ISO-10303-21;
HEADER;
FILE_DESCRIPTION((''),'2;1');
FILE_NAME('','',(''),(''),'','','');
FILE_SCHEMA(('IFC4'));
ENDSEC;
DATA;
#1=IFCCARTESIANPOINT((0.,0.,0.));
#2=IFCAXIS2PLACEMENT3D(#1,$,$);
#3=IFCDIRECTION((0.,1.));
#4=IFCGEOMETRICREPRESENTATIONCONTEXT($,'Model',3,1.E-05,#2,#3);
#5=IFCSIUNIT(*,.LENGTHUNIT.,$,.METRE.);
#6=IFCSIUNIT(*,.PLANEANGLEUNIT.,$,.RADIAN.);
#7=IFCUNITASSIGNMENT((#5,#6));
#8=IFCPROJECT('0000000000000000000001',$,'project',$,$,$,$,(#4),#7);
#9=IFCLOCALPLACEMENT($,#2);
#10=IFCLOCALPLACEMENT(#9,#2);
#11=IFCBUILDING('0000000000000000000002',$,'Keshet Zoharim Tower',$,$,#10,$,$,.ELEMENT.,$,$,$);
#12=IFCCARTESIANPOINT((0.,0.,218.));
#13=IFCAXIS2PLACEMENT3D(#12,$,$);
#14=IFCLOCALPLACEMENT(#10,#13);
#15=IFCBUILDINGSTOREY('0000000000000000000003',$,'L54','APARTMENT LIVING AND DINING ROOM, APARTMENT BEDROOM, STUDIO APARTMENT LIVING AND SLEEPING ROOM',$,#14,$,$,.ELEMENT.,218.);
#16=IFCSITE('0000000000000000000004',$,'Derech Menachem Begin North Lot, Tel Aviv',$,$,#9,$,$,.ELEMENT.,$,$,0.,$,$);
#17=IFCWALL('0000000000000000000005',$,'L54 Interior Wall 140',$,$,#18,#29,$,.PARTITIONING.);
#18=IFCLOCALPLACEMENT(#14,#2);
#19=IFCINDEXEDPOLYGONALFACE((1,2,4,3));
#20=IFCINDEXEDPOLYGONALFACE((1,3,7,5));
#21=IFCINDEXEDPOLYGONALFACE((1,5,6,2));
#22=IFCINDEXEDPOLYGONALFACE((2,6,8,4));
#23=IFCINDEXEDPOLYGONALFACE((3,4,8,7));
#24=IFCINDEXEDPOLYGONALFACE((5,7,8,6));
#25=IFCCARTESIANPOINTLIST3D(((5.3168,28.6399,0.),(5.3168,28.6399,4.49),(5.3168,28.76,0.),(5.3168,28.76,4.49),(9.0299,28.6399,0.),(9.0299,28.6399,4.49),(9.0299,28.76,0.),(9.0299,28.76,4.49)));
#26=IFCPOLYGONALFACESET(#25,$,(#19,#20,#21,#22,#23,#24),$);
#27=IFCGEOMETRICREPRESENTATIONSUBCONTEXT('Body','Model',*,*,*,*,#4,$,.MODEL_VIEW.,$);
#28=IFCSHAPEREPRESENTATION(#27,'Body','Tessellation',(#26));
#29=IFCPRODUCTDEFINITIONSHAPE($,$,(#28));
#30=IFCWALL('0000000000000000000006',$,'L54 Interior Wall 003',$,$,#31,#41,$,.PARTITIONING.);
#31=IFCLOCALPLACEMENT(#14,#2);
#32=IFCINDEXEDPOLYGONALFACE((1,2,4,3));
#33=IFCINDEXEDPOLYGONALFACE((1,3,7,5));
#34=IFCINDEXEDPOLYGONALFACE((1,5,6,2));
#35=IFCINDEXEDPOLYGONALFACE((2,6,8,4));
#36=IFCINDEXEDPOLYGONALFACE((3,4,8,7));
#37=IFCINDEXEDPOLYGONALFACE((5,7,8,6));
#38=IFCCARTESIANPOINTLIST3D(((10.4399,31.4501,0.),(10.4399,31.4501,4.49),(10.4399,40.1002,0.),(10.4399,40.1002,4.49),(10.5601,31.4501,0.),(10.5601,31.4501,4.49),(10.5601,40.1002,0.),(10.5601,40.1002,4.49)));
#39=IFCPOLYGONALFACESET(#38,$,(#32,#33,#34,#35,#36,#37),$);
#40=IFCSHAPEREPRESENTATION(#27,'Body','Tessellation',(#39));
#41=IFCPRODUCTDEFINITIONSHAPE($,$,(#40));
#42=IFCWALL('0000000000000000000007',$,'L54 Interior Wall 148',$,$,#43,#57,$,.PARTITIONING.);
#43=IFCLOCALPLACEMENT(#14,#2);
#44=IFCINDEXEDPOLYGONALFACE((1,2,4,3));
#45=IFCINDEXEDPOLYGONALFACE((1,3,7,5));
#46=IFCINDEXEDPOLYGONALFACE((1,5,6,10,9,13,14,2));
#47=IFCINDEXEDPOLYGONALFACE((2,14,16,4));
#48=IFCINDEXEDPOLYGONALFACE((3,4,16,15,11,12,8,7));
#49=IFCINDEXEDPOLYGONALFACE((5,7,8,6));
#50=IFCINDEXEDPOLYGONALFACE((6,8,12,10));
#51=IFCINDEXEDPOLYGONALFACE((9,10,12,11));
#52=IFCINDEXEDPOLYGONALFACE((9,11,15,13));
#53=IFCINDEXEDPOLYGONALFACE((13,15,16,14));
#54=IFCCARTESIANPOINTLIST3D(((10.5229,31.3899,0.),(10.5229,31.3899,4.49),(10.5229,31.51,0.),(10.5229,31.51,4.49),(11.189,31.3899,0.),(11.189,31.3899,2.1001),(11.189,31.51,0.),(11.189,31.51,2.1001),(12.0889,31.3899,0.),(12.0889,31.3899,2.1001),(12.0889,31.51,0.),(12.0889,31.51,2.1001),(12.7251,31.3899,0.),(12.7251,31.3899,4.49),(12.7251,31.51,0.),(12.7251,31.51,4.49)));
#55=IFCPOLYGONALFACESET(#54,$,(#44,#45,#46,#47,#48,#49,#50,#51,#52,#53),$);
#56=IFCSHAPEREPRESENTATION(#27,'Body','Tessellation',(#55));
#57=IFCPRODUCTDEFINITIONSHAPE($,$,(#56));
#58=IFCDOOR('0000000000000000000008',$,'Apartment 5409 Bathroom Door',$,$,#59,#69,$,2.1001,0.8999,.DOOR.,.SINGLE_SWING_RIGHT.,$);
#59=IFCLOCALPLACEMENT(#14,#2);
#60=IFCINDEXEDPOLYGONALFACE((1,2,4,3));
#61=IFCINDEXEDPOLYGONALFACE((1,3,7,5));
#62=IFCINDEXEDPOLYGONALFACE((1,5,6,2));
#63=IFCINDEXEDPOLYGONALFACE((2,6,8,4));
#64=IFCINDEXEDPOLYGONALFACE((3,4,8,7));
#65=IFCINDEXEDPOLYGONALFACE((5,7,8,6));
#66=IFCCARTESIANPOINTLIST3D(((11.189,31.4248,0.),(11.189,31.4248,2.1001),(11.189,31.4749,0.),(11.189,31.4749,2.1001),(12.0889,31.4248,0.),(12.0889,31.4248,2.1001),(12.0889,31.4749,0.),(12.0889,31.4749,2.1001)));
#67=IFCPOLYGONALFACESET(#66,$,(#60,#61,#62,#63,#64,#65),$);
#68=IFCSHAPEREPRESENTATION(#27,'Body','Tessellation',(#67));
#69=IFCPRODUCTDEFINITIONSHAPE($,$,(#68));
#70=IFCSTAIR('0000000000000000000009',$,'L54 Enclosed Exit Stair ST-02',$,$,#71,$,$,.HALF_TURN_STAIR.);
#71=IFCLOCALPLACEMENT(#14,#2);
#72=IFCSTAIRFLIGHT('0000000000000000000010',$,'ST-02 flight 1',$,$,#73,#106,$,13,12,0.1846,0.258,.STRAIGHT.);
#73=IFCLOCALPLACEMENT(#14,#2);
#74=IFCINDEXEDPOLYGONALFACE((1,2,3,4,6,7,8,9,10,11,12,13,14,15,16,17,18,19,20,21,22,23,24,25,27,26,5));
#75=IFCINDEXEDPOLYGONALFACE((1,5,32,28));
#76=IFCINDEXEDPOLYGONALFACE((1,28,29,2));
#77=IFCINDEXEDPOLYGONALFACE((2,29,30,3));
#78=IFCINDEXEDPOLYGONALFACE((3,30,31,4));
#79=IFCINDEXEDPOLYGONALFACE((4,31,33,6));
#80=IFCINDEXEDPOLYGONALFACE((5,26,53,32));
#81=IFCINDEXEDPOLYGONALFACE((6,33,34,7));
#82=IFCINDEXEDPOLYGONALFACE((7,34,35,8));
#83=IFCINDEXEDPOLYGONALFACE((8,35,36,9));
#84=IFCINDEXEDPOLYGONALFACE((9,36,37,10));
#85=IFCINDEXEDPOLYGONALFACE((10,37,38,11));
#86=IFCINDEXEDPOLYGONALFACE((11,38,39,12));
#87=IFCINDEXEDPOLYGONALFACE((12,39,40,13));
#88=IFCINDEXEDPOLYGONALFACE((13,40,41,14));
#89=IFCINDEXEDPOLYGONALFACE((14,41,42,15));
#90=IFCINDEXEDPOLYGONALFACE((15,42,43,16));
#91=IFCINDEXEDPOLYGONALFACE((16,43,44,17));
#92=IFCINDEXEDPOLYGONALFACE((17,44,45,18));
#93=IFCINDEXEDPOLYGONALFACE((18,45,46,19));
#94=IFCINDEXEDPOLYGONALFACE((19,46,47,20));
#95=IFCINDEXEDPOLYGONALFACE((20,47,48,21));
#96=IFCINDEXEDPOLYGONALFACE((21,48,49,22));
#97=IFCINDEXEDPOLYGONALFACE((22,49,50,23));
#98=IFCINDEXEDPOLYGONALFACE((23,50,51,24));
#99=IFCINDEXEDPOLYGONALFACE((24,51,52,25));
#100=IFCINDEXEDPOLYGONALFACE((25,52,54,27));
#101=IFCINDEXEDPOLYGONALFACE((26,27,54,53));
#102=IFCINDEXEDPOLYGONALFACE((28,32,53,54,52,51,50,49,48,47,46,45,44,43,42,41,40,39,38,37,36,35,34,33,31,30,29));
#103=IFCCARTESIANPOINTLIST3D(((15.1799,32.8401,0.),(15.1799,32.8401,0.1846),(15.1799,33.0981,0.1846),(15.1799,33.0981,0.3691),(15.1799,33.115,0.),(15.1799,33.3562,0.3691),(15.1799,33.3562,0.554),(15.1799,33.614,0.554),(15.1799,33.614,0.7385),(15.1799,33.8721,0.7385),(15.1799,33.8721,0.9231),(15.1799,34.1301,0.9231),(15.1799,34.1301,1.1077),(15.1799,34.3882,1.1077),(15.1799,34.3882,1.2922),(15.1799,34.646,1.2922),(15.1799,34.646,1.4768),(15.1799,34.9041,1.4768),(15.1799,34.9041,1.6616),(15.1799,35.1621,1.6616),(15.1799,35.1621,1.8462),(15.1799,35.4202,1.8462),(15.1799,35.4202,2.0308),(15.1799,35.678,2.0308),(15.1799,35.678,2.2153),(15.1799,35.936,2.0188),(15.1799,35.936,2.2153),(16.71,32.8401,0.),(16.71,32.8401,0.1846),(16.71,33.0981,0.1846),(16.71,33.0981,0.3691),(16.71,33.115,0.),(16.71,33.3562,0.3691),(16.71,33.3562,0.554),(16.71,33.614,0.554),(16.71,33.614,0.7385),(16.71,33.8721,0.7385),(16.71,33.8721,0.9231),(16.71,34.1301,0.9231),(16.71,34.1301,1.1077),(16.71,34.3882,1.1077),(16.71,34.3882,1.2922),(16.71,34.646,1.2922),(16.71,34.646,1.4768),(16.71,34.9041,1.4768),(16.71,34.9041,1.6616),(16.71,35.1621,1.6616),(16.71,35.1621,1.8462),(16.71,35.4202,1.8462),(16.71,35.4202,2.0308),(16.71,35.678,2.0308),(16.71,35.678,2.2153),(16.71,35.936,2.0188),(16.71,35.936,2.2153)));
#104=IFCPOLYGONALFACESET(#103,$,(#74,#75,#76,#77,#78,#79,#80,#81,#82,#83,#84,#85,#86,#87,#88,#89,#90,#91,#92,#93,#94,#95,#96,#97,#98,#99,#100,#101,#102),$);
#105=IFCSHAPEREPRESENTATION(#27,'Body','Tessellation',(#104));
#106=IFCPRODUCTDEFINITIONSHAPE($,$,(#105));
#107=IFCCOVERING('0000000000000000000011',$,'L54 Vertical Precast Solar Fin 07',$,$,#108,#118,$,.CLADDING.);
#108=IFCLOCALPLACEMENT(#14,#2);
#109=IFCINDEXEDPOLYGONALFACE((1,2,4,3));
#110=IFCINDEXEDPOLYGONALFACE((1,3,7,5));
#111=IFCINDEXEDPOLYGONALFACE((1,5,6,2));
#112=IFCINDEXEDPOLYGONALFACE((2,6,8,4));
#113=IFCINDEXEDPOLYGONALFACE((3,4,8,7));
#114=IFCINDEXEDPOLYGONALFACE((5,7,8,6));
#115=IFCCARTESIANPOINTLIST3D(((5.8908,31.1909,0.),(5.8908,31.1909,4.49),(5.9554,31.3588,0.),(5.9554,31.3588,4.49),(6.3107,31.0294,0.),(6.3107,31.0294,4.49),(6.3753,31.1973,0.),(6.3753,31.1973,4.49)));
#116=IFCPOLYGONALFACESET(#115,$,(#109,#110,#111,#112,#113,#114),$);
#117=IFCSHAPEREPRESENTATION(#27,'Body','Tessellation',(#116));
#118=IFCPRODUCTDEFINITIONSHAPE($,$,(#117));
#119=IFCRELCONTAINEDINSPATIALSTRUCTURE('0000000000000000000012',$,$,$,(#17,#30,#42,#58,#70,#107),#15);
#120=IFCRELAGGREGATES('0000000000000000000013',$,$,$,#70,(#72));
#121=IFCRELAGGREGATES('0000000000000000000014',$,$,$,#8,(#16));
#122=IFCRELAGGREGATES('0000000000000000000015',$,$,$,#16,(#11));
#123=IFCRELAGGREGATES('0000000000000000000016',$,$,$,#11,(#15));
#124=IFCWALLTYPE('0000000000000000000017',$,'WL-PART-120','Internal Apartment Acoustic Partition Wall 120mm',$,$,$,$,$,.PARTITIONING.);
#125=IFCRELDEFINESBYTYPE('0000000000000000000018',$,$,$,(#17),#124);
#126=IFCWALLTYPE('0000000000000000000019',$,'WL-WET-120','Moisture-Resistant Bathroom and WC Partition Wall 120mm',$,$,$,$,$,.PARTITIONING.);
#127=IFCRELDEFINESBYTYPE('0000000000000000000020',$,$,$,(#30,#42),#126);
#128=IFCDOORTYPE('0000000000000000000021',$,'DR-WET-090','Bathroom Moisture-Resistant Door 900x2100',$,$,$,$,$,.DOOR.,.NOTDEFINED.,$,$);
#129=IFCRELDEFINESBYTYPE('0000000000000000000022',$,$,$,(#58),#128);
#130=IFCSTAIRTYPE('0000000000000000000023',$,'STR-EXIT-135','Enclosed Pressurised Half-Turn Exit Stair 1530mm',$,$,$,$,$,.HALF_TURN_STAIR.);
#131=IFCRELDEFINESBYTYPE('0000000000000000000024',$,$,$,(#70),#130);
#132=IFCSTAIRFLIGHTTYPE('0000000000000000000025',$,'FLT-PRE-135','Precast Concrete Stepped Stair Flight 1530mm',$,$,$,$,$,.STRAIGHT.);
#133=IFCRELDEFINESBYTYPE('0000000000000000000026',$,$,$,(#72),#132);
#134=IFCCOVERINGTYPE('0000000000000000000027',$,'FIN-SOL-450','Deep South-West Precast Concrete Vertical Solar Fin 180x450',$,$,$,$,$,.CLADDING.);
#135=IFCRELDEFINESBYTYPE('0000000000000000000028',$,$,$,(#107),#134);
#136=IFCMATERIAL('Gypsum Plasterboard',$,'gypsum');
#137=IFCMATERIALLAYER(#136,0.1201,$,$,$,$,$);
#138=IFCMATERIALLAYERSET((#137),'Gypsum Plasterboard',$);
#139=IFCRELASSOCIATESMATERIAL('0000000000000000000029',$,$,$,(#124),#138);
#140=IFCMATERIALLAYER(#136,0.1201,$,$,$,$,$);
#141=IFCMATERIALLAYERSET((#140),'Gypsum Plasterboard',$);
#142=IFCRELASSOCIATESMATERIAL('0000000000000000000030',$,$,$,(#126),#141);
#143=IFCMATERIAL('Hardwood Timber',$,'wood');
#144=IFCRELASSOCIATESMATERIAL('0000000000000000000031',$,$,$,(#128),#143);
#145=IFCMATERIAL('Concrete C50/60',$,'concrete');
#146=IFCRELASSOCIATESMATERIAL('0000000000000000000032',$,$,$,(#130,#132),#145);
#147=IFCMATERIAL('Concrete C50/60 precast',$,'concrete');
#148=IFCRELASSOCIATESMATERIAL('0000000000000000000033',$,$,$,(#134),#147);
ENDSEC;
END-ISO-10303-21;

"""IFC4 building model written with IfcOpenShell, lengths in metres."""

from ifc_helpers import new_model, si_unit, direction, frame, frame_2d, origin, origin_2d, place, context, subcontext, project, spatial, polyline, rectangle, outline, extrude, material, layer, layer_set, type_object, element, fill, aggregate, save


model = new_model("IFC4")

# Units and contexts
model_context = context("Model", 3, precision=1e-05, world=origin(), true_north=direction((0.0, 1.0)))
body_context = subcontext(model_context, "Body", "Model", "MODEL_VIEW")
ifc_project = project(units=[si_unit("LENGTHUNIT", "METRE"), si_unit("PLANEANGLEUNIT", "RADIAN")], contexts=[model_context])

# Site, building, storey
site_placement = place(None, origin())
site = spatial("IfcSite", under=ifc_project, at=site_placement, Name="Derech Menachem Begin North Lot, Tel Aviv", CompositionType="ELEMENT", RefElevation=0.0)
building_placement = place(site_placement, origin())
building = spatial("IfcBuilding", under=site, at=building_placement, Name="Keshet Zoharim Tower", CompositionType="ELEMENT")
storey_placement = place(building_placement, frame((0.0, 0.0, 218.0)))
storey = spatial("IfcBuildingStorey", under=building, at=storey_placement, Name="L54", Description="APARTMENT LIVING AND DINING ROOM, APARTMENT BEDROOM, STUDIO APARTMENT LIVING AND SLEEPING ROOM", CompositionType="ELEMENT", Elevation=218.0)

# Shared definitions
ifc_material_1 = material(Name="Hardwood Timber", Category="wood")

# Shared definitions
ifc_material_2 = material(Name="Gypsum Plasterboard", Category="gypsum")

# Shared definitions
ifc_layer_1 = layer(ifc_material_2, 0.1201)
ifc_layer_set_1 = layer_set([ifc_layer_1], Name="Gypsum Plasterboard")
wall_type_1 = type_object("IfcWallType", Name="WL-PART-120", Description="Internal Apartment Acoustic Partition Wall 120mm", PredefinedType="PARTITIONING", material=ifc_layer_set_1)

# Wall
wall_1_placement = place(storey_placement, frame((5.3169, 28.7, 0.0), z_axis=(0.0, 0.0, 1.0), x_axis=(1.0, 0.0, 0.0)))
element("IfcWall", 1, at=wall_1_placement, inside=storey, type_object=wall_type_1, Name="L54 Interior Wall 140", PredefinedType="PARTITIONING", context=body_context, shape_type="SweptSolid", body=[
    extrude(rectangle(XDim=3.7131, YDim=0.1201, at=frame_2d((1.8564, 0.0))), origin(), (0.0, 0.0, 1.0), 4.49),
])

# Wall
ifc_layer_2 = layer(ifc_material_2, 0.1201)
ifc_layer_set_2 = layer_set([ifc_layer_2], Name="Gypsum Plasterboard")
wall_type_2 = type_object("IfcWallType", Name="WL-WET-120", Description="Moisture-Resistant Bathroom and WC Partition Wall 120mm", PredefinedType="PARTITIONING", material=ifc_layer_set_2)
wall_2_placement = place(storey_placement, frame((10.5, 31.45, 0.0), z_axis=(0.0, 0.0, 1.0), x_axis=(0.0, 1.0, 0.0)))
element("IfcWall", 2, at=wall_2_placement, inside=storey, type_object=wall_type_2, Name="L54 Interior Wall 003", PredefinedType="PARTITIONING", context=body_context, shape_type="SweptSolid", body=[
    extrude(rectangle(XDim=8.6501, YDim=0.1201, at=frame_2d((4.3252, 0.0))), origin(), (0.0, 0.0, 1.0), 4.49),
])

# Wall, opening, door
wall_3_placement = place(storey_placement, frame((10.5229, 31.45, 0.0), z_axis=(0.0, 0.0, 1.0), x_axis=(1.0, 0.0, 0.0)))
wall_3 = element("IfcWall", 3, at=wall_3_placement, inside=storey, type_object=wall_type_2, Name="L54 Interior Wall 148", PredefinedType="PARTITIONING", context=body_context, shape_type="SweptSolid", body=[
    extrude(rectangle(XDim=2.2021, YDim=0.1201, at=frame_2d((1.1011, 0.0))), origin(), (0.0, 0.0, 1.0), 4.49),
])
opening_1_placement = place(wall_3_placement, frame((0.666, 0.0, 0.0)))
opening_1 = element("IfcOpeningElement", 4, at=opening_1_placement, cuts=wall_3, PredefinedType="OPENING", context=body_context, shape_type="SweptSolid", body=[
    extrude(rectangle(XDim=0.8999, YDim=2.1001, at=frame_2d((0.45, 1.05))), frame((0.0, 0.0701, 0.0), z_axis=(0.0, -1.0, 0.0), x_axis=(1.0, 0.0, 0.0)), (0.0, 0.0, 1.0), 0.1401),
])
door_type_1 = type_object("IfcDoorType", Name="DR-WET-090", Description="Bathroom Moisture-Resistant Door 900x2100", OperationType="NOTDEFINED", PredefinedType="DOOR", material=ifc_material_1)
door_1_placement = place(opening_1_placement, origin())
door_1 = element("IfcDoor", 5, at=door_1_placement, inside=storey, type_object=door_type_1, Name="Apartment 5409 Bathroom Door", OperationType="SINGLE_SWING_RIGHT", OverallHeight=2.1001, OverallWidth=0.8999, PredefinedType="DOOR", context=body_context, shape_type="SweptSolid", body=[
    extrude(rectangle(XDim=0.8999, YDim=2.1001, at=frame_2d((0.45, 1.05))), frame((0.0, 0.0249, 0.0), z_axis=(0.0, -1.0, 0.0), x_axis=(1.0, 0.0, 0.0)), (0.0, 0.0, 1.0), 0.05),
])
fill(opening_1, door_1)

# Stair, stair flight
ifc_material_3 = material(Name="Concrete C50/60", Category="concrete")
stair_type = type_object("IfcStairType", Name="STR-EXIT-135", Description="Enclosed Pressurised Half-Turn Exit Stair 1530mm", PredefinedType="HALF_TURN_STAIR", material=ifc_material_3)
stair_placement = place(storey_placement, origin())
stair = element("IfcStair", 6, at=stair_placement, inside=storey, type_object=stair_type, Name="L54 Enclosed Exit Stair ST-02", PredefinedType="HALF_TURN_STAIR")
stair_flight_type = type_object("IfcStairFlightType", Name="FLT-PRE-135", Description="Precast Concrete Stepped Stair Flight 1530mm", PredefinedType="STRAIGHT", material=ifc_material_3)
stair_flight_placement = place(storey_placement, frame((15.9451, 32.8401, 0.0), z_axis=(0.0, 0.0, 1.0), x_axis=(0.0, 1.0, 0.0)))
stair_flight = element("IfcStairFlight", 7, at=stair_flight_placement, type_object=stair_flight_type, Name="ST-02 flight 1", NumberOfRisers=13, NumberOfTreads=12, PredefinedType="STRAIGHT", RiserHeight=0.1846, TreadLength=0.258, context=body_context, shape_type="SweptSolid", body=[
    extrude(outline(polyline([(0.0, 0.0), (0.0, 0.1846), (0.2581, 0.1846), (0.2581, 0.3691), (0.5161, 0.3691), (0.5161, 0.554), (0.7739, 0.554), (0.7739, 0.7385), (1.032, 0.7385), (1.032, 0.9231), (1.29, 0.9231), (1.29, 1.1077), (1.5481, 1.1077), (1.5481, 1.2922), (1.8059, 1.2922), (1.8059, 1.4768), (2.064, 1.4768), (2.064, 1.6616), (2.322, 1.6616), (2.322, 1.8462), (2.5801, 1.8462), (2.5801, 2.0308), (2.8379, 2.0308), (2.8379, 2.2153), (3.0959, 2.2153), (3.0959, 2.3999), (3.0959, 2.0188), (0.2749, 0.0), (0.0, 0.0)])), frame((0.0, 0.7651, 0.0), z_axis=(0.0, -1.0, 0.0), x_axis=(1.0, 0.0, 0.0)), (0.0, 0.0, 1.0), 1.53),
])
aggregate(stair, [stair_flight])

# Covering
ifc_material_4 = material(Name="Concrete C50/60 precast", Category="concrete")
covering_type = type_object("IfcCoveringType", Name="FIN-SOL-450", Description="Deep South-West Precast Concrete Vertical Solar Fin 180x450", PredefinedType="CLADDING", material=ifc_material_4)
covering_placement = place(storey_placement, frame((6.1331, 31.1941, 0.0), z_axis=(0.0, 0.0, 1.0), x_axis=(0.35899, 0.933341, 0.0)))
element("IfcCovering", 8, at=covering_placement, inside=storey, type_object=covering_type, Name="L54 Vertical Precast Solar Fin 07", PredefinedType="CLADDING", context=body_context, shape_type="SweptSolid", body=[
    extrude(rectangle(XDim=0.1799, YDim=0.45, at=origin_2d()), origin(), (0.0, 0.0, 1.0), 4.49),
])

save(model, "model.ifc")
